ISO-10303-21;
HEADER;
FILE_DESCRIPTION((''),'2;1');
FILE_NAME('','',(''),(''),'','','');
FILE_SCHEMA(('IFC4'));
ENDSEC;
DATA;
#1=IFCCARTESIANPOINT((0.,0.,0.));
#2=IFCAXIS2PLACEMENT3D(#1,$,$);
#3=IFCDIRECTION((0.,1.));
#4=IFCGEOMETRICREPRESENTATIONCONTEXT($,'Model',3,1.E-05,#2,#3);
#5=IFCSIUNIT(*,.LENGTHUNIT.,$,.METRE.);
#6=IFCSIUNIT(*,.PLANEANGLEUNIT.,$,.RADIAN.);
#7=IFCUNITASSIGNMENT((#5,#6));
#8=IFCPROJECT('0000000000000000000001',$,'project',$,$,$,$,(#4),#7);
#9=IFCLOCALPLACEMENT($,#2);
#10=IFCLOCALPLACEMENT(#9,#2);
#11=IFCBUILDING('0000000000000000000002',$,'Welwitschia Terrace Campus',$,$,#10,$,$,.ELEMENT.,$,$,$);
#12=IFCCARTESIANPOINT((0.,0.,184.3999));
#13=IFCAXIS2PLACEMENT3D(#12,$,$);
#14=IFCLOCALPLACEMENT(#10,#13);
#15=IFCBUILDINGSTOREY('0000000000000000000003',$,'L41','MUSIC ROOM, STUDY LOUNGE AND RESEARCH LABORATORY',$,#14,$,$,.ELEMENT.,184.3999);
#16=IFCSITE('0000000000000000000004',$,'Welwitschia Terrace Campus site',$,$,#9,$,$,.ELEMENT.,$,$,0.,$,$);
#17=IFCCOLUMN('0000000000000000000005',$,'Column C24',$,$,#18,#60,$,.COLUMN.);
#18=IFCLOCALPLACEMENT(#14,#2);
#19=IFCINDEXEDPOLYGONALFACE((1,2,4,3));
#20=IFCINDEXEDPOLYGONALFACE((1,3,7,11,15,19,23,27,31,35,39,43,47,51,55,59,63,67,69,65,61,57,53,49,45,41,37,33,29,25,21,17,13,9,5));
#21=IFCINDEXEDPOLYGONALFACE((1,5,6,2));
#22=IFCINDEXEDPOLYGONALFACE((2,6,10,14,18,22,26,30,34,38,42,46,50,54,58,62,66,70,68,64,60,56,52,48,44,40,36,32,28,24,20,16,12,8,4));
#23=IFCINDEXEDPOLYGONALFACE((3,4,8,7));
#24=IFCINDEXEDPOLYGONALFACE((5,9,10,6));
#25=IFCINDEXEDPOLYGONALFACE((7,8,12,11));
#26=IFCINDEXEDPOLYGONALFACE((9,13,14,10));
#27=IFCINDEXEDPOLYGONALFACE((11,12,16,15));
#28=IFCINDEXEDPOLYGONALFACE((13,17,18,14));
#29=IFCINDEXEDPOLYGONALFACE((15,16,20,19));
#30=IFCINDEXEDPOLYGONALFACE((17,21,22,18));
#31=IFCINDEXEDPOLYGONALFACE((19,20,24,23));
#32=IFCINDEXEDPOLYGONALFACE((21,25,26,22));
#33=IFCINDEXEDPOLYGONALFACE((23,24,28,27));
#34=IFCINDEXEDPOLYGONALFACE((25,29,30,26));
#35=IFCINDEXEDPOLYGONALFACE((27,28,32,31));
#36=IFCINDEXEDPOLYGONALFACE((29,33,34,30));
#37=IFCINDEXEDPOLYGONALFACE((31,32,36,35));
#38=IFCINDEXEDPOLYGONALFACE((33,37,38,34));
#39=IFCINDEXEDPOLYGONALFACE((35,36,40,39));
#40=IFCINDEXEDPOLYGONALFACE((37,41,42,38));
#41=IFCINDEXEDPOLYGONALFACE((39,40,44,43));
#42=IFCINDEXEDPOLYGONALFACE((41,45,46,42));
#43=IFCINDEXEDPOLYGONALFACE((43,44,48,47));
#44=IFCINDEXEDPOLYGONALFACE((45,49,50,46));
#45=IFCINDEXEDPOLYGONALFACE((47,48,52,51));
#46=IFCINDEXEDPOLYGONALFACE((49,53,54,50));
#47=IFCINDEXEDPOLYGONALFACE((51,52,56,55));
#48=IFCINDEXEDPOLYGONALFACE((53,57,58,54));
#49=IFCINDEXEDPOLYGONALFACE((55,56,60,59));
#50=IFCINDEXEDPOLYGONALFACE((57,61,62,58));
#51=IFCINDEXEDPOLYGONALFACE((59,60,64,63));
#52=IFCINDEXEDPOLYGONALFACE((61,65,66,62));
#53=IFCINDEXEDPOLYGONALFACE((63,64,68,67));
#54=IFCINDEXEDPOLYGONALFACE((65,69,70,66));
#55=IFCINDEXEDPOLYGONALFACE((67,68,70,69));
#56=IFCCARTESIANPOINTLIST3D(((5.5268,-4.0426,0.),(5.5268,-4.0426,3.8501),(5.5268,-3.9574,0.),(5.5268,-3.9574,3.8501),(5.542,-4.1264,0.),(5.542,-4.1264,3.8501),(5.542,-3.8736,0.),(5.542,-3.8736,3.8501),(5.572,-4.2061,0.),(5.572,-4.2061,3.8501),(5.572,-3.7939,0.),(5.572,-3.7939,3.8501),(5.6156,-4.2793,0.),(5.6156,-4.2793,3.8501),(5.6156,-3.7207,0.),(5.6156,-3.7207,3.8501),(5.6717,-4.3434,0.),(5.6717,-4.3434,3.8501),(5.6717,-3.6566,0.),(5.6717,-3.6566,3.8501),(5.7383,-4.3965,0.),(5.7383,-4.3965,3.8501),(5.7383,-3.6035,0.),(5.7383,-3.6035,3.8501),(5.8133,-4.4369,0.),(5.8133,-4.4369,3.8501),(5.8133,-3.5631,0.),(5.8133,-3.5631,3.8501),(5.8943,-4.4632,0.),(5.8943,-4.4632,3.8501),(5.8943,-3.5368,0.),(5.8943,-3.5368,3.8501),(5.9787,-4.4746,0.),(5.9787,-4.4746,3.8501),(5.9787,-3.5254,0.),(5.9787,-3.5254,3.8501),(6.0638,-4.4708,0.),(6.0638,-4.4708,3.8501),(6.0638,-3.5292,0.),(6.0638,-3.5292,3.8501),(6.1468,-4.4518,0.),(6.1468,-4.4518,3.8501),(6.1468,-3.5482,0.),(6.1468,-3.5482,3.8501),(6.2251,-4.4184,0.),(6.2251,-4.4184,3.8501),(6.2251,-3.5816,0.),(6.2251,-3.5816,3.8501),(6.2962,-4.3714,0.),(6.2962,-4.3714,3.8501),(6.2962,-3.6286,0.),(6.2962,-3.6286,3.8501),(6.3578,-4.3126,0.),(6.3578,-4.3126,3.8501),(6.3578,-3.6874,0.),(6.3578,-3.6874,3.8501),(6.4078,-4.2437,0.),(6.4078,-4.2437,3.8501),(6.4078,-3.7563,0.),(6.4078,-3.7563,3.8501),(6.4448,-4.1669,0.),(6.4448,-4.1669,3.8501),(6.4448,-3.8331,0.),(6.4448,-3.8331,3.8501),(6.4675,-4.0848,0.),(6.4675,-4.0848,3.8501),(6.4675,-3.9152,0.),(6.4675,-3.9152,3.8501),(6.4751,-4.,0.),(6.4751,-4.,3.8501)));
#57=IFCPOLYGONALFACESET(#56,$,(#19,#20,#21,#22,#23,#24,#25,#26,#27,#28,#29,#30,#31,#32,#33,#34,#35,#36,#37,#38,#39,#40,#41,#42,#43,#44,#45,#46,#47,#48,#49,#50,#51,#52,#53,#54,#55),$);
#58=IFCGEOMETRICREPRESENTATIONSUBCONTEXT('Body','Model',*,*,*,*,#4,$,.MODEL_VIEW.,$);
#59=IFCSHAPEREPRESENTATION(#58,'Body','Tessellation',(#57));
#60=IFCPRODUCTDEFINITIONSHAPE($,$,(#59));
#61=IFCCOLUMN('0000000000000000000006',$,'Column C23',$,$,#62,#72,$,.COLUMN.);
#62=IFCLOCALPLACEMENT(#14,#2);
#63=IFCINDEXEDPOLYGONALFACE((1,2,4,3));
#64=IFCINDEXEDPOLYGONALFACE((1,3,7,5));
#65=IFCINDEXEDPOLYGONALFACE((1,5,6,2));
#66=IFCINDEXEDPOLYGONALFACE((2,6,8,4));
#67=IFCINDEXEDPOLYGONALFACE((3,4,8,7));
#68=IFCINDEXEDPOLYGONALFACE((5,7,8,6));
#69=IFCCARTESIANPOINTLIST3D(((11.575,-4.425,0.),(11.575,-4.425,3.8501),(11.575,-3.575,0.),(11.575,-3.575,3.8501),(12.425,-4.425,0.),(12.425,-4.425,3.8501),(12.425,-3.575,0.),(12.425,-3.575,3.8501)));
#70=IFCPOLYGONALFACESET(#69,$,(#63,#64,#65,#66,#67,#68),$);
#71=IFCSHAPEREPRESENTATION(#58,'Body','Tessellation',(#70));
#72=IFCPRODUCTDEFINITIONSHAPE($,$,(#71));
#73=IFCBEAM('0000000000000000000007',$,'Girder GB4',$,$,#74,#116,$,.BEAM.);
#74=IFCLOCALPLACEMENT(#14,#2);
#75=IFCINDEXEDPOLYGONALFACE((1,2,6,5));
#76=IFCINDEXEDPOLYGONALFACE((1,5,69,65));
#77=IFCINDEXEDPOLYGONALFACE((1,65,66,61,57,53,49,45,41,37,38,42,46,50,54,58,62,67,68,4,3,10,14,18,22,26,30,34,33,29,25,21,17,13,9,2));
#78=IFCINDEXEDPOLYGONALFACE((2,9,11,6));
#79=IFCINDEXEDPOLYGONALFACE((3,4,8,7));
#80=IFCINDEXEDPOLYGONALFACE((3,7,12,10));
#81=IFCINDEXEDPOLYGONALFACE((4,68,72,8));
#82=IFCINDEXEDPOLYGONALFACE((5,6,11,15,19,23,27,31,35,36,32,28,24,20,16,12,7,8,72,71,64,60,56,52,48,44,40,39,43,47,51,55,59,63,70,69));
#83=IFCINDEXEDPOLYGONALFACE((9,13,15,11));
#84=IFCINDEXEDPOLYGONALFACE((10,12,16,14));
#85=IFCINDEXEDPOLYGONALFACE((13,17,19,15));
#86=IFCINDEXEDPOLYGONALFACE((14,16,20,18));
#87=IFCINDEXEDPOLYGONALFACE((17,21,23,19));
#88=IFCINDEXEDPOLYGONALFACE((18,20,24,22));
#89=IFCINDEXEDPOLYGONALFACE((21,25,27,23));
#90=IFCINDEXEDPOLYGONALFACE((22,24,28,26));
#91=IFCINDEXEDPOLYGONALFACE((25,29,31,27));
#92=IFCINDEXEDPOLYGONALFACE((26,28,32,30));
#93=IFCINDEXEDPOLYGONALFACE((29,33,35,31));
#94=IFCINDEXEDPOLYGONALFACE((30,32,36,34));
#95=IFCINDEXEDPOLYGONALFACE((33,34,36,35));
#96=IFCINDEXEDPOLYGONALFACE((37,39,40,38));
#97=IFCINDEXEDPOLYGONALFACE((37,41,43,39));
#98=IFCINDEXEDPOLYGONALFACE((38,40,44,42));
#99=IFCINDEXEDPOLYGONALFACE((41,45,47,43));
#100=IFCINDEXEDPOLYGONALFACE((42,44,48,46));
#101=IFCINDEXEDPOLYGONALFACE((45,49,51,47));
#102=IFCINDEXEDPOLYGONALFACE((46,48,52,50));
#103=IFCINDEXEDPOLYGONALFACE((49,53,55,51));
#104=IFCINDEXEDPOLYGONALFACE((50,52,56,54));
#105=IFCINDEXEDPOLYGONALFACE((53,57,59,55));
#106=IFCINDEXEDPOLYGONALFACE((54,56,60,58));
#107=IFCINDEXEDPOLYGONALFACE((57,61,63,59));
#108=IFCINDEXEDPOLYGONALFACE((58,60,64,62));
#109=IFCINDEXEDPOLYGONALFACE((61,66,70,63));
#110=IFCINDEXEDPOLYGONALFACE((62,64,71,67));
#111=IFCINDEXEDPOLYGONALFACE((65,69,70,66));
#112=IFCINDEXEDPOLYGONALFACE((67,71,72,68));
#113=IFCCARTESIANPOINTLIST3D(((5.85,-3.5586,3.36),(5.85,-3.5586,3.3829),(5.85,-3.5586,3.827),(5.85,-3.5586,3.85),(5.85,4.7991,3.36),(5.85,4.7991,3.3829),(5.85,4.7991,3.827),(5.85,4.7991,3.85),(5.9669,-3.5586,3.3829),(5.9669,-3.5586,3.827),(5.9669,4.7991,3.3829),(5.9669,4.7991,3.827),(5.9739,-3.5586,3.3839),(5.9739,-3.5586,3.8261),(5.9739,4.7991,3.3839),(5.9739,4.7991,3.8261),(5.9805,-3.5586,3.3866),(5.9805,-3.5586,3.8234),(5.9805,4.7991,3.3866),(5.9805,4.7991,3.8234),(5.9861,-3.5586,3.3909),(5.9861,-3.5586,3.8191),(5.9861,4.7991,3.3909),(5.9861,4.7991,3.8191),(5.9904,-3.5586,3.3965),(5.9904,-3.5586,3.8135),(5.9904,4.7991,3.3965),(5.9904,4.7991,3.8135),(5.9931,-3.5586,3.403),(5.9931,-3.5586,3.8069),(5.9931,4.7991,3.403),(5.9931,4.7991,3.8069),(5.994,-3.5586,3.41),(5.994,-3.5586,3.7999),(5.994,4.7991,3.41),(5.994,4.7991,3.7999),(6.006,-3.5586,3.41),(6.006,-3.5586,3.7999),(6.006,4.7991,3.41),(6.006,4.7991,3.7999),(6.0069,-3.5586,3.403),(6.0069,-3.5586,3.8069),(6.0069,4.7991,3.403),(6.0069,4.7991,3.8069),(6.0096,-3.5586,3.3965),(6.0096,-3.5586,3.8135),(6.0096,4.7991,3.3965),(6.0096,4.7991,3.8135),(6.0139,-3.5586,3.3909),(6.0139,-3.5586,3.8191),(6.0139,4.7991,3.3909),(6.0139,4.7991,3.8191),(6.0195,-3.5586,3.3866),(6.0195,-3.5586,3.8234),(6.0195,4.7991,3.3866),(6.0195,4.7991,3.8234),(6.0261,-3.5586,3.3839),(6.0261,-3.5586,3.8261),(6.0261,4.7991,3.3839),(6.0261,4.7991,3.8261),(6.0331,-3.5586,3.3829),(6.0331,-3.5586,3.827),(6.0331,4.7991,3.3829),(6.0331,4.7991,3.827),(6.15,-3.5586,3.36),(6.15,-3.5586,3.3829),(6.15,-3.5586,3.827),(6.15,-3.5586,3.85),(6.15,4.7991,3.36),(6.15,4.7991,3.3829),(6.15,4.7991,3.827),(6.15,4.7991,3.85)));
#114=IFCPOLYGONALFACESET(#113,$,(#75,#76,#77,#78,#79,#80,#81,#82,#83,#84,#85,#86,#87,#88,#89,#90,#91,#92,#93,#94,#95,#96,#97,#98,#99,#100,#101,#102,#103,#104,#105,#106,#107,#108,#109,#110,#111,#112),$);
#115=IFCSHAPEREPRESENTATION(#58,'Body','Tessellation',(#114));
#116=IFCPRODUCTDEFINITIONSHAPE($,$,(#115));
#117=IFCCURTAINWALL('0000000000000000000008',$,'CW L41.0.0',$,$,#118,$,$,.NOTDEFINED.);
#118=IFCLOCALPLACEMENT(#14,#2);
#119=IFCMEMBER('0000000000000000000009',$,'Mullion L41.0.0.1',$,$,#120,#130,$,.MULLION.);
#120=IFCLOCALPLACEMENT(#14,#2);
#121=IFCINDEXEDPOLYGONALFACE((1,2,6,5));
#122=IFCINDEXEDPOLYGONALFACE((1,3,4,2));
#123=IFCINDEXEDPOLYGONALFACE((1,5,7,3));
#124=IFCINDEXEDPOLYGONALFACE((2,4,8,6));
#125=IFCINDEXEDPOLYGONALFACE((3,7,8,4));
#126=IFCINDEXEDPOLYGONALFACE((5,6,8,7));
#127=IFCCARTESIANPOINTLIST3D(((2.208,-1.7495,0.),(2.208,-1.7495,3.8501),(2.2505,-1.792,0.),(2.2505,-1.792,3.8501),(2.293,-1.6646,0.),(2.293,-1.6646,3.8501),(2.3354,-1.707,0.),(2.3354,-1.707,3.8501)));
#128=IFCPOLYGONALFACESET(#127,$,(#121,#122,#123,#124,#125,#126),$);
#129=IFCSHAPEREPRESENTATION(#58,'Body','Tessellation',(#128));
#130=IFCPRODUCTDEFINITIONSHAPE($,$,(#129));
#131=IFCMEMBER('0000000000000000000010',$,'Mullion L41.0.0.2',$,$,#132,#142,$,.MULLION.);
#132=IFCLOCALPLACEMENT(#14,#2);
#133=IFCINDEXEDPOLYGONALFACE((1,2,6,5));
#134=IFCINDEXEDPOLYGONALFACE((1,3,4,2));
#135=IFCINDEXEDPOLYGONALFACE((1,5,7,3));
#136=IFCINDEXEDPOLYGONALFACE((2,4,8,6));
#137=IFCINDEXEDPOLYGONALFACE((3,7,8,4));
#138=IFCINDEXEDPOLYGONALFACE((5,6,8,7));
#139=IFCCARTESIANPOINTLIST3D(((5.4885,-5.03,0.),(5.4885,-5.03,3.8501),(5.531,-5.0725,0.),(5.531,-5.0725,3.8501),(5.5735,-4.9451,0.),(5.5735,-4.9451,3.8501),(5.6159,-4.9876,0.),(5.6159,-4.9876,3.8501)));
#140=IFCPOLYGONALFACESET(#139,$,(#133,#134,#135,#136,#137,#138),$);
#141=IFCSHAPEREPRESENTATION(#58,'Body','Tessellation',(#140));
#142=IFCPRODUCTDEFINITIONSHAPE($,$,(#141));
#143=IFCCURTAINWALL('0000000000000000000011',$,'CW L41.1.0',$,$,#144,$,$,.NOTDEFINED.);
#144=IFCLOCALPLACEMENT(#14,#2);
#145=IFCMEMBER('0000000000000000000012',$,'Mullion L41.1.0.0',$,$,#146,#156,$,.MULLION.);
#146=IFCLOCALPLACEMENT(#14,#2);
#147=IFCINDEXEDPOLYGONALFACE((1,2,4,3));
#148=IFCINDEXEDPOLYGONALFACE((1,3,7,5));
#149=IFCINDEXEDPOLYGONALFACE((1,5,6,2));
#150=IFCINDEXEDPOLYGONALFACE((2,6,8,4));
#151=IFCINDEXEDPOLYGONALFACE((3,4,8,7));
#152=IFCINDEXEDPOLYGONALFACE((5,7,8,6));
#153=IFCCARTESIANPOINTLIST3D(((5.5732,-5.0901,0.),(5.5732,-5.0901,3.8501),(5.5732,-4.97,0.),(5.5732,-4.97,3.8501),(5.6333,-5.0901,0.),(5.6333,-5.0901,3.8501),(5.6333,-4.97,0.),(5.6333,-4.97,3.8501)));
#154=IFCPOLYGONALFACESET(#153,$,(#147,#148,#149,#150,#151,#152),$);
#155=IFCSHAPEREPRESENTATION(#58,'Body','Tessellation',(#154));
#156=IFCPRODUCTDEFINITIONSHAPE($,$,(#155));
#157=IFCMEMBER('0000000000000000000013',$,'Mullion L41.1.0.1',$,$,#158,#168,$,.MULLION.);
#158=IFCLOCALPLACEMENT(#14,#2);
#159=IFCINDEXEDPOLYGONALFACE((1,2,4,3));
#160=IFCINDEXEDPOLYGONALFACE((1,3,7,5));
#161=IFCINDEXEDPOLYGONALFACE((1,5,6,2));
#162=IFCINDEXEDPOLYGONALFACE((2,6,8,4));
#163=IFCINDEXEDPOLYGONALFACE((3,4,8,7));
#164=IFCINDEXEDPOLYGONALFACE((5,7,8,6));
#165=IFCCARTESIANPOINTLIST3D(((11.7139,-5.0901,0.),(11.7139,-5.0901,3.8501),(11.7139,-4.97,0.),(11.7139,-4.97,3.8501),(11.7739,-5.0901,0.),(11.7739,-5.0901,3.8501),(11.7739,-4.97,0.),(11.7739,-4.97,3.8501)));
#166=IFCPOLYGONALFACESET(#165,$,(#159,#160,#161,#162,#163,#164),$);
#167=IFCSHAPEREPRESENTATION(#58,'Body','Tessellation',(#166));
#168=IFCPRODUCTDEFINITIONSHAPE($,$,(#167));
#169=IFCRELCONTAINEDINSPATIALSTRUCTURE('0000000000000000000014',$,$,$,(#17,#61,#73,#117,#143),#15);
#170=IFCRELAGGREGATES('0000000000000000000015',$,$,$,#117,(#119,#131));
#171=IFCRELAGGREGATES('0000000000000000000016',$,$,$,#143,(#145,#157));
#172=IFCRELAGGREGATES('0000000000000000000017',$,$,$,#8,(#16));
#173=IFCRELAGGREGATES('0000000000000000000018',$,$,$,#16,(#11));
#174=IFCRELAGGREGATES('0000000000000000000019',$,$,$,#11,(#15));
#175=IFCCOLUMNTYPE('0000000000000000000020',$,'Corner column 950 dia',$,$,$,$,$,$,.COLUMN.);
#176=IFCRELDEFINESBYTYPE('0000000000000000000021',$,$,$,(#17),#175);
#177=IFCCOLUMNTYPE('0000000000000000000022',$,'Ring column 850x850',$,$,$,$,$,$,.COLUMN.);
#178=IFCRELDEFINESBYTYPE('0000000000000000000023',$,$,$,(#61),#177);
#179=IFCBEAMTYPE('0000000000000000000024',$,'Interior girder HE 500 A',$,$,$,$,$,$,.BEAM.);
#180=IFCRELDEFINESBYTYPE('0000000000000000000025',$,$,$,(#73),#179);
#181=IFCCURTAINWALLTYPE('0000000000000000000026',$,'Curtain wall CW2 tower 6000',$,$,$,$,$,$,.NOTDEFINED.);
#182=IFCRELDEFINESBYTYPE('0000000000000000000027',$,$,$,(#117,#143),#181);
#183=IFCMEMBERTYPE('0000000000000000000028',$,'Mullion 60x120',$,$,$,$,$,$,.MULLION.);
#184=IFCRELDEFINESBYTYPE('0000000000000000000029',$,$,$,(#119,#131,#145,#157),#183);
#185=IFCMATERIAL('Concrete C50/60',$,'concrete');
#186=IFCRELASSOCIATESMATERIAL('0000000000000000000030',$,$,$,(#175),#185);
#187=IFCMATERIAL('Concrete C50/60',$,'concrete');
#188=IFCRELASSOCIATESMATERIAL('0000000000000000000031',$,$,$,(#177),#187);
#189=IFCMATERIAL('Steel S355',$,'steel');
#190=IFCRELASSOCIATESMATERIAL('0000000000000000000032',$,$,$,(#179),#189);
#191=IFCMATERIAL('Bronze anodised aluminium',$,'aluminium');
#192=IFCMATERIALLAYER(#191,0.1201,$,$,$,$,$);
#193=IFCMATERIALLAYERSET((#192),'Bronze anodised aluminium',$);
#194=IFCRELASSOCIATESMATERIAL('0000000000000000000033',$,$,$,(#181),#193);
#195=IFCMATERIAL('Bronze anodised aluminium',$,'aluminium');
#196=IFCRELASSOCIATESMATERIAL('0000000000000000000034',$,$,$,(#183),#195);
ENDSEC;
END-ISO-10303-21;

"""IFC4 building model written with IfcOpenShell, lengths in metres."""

from ifc_helpers import new_model, si_unit, direction, frame, origin, origin_2d, place, context, subcontext, project, spatial, rectangle, circle, i_section, extrude, material, layer, layer_set, material_profile, profile_set, type_object, element, aggregate, save


model = new_model("IFC4")

# Units and contexts
model_context = context("Model", 3, precision=1e-05, world=origin(), true_north=direction((0.0, 1.0)))
body_context = subcontext(model_context, "Body", "Model", "MODEL_VIEW")
ifc_project = project(units=[si_unit("LENGTHUNIT", "METRE"), si_unit("PLANEANGLEUNIT", "RADIAN")], contexts=[model_context])

# Site, building, storey
site_placement = place(None, origin())
site = spatial("IfcSite", under=ifc_project, at=site_placement, Name="Welwitschia Terrace Campus site", CompositionType="ELEMENT", RefElevation=0.0)
building_placement = place(site_placement, origin())
building = spatial("IfcBuilding", under=site, at=building_placement, Name="Welwitschia Terrace Campus", CompositionType="ELEMENT")
storey_placement = place(building_placement, frame((0.0, 0.0, 184.3999)))
storey = spatial("IfcBuildingStorey", under=building, at=storey_placement, Name="L41", Description="MUSIC ROOM, STUDY LOUNGE AND RESEARCH LABORATORY", CompositionType="ELEMENT", Elevation=184.3999)

# Columns
ifc_material_1 = material(Name="Concrete C50/60", Category="concrete")
ifc_material_profile_1 = material_profile(ifc_material_1, circle(Radius=0.4751, at=origin_2d()))
ifc_profile_set_1 = profile_set([ifc_material_profile_1], Name="Concrete C50/60")
column_type_1 = type_object("IfcColumnType", Name="Corner column 950 dia", PredefinedType="COLUMN", material=ifc_profile_set_1)
column_1_placement = place(storey_placement, frame((6.0, -4.0, 0.0), z_axis=(0.0, 0.0, 1.0), x_axis=(1.0, 0.0, 0.0)))
element("IfcColumn", 1, at=column_1_placement, inside=storey, type_object=column_type_1, Name="Column C24", PredefinedType="COLUMN", context=body_context, shape_type="SweptSolid", body=[
    extrude(circle(Radius=0.4751, at=origin_2d()), origin(), (0.0, 0.0, 1.0), 3.8501),
])
ifc_material_2 = material(Name="Concrete C50/60", Category="concrete")
ifc_material_profile_2 = material_profile(ifc_material_2, rectangle(XDim=0.8501, YDim=0.8501, at=origin_2d()))
ifc_profile_set_2 = profile_set([ifc_material_profile_2], Name="Concrete C50/60")
column_type_2 = type_object("IfcColumnType", Name="Ring column 850x850", PredefinedType="COLUMN", material=ifc_profile_set_2)
column_2_placement = place(storey_placement, frame((12.0, -4.0, 0.0), z_axis=(0.0, 0.0, 1.0), x_axis=(1.0, 0.0, 0.0)))
element("IfcColumn", 2, at=column_2_placement, inside=storey, type_object=column_type_2, Name="Column C23", PredefinedType="COLUMN", context=body_context, shape_type="SweptSolid", body=[
    extrude(rectangle(XDim=0.8501, YDim=0.8501, at=origin_2d()), origin(), (0.0, 0.0, 1.0), 3.8501),
])

# Beam
ifc_material_3 = material(Name="Steel S355", Category="steel")
ifc_material_profile_3 = material_profile(ifc_material_3, i_section(OverallWidth=0.3, OverallDepth=0.49, WebThickness=0.012, FlangeThickness=0.0229, FilletRadius=0.0271, at=origin_2d()))
ifc_profile_set_3 = profile_set([ifc_material_profile_3], Name="Steel S355")
beam_type_1 = type_object("IfcBeamType", Name="Interior girder HE 500 A", PredefinedType="BEAM", material=ifc_profile_set_3)
beam_1_placement = place(storey_placement, frame((6.0, -3.5586, 3.605), z_axis=(0.0, 1.0, 0.0), x_axis=(-1.0, 0.0, 0.0)))
element("IfcBeam", 3, at=beam_1_placement, inside=storey, type_object=beam_type_1, Name="Girder GB4", PredefinedType="BEAM", context=body_context, shape_type="SweptSolid", body=[
    extrude(i_section(OverallWidth=0.3, OverallDepth=0.49, WebThickness=0.012, FlangeThickness=0.0229, FilletRadius=0.0271, at=origin_2d()), origin(), (0.0, 0.0, 1.0), 8.3577),
])

# Curtain walls, members
ifc_material_4 = material(Name="Bronze anodised aluminium", Category="aluminium")
ifc_layer_1 = layer(ifc_material_4, 0.1201)
ifc_layer_set_1 = layer_set([ifc_layer_1], Name="Bronze anodised aluminium")
curtain_wall_type = type_object("IfcCurtainWallType", Name="Curtain wall CW2 tower 6000", PredefinedType="NOTDEFINED", material=ifc_layer_set_1)
curtain_wall_1_placement = place(storey_placement, origin())
curtain_wall_1 = element("IfcCurtainWall", 4, at=curtain_wall_1_placement, inside=storey, type_object=curtain_wall_type, Name="CW L41.0.0", PredefinedType="NOTDEFINED")
ifc_material_5 = material(Name="Bronze anodised aluminium", Category="aluminium")
ifc_material_profile_4 = material_profile(ifc_material_5, rectangle(XDim=0.1201, YDim=0.0601, at=origin_2d()))
ifc_profile_set_4 = profile_set([ifc_material_profile_4], Name="Bronze anodised aluminium")
member_type_1 = type_object("IfcMemberType", Name="Mullion 60x120", PredefinedType="MULLION", material=ifc_profile_set_4)
member_1_placement = place(storey_placement, frame((2.2717, -1.7283, 0.0), z_axis=(0.0, 0.0, 1.0), x_axis=(0.707107, 0.707107, 0.0)))
member_1 = element("IfcMember", 5, at=member_1_placement, type_object=member_type_1, Name="Mullion L41.0.0.1", PredefinedType="MULLION", context=body_context, shape_type="SweptSolid", body=[
    extrude(rectangle(XDim=0.1201, YDim=0.0601, at=origin_2d()), origin(), (0.0, 0.0, 1.0), 3.8501),
])
member_2_placement = place(storey_placement, frame((5.5522, -5.0088, 0.0), z_axis=(0.0, 0.0, 1.0), x_axis=(0.707107, 0.707107, 0.0)))
member_2 = element("IfcMember", 6, at=member_2_placement, type_object=member_type_1, Name="Mullion L41.0.0.2", PredefinedType="MULLION", context=body_context, shape_type="SweptSolid", body=[
    extrude(rectangle(XDim=0.1201, YDim=0.0601, at=origin_2d()), origin(), (0.0, 0.0, 1.0), 3.8501),
])
curtain_wall_2_placement = place(storey_placement, origin())
curtain_wall_2 = element("IfcCurtainWall", 7, at=curtain_wall_2_placement, inside=storey, type_object=curtain_wall_type, Name="CW L41.1.0", PredefinedType="NOTDEFINED")
member_3_placement = place(storey_placement, frame((5.6033, -5.03, 0.0), z_axis=(0.0, 0.0, 1.0), x_axis=(0.0, 1.0, 0.0)))
member_3 = element("IfcMember", 8, at=member_3_placement, type_object=member_type_1, Name="Mullion L41.1.0.0", PredefinedType="MULLION", context=body_context, shape_type="SweptSolid", body=[
    extrude(rectangle(XDim=0.1201, YDim=0.0601, at=origin_2d()), origin(), (0.0, 0.0, 1.0), 3.8501),
])
member_4_placement = place(storey_placement, frame((11.7439, -5.03, 0.0), z_axis=(0.0, 0.0, 1.0), x_axis=(0.0, 1.0, 0.0)))
member_4 = element("IfcMember", 9, at=member_4_placement, type_object=member_type_1, Name="Mullion L41.1.0.1", PredefinedType="MULLION", context=body_context, shape_type="SweptSolid", body=[
    extrude(rectangle(XDim=0.1201, YDim=0.0601, at=origin_2d()), origin(), (0.0, 0.0, 1.0), 3.8501),
])

aggregate(curtain_wall_1, [member_1, member_2])
aggregate(curtain_wall_2, [member_3, member_4])

save(model, "model.ifc")
